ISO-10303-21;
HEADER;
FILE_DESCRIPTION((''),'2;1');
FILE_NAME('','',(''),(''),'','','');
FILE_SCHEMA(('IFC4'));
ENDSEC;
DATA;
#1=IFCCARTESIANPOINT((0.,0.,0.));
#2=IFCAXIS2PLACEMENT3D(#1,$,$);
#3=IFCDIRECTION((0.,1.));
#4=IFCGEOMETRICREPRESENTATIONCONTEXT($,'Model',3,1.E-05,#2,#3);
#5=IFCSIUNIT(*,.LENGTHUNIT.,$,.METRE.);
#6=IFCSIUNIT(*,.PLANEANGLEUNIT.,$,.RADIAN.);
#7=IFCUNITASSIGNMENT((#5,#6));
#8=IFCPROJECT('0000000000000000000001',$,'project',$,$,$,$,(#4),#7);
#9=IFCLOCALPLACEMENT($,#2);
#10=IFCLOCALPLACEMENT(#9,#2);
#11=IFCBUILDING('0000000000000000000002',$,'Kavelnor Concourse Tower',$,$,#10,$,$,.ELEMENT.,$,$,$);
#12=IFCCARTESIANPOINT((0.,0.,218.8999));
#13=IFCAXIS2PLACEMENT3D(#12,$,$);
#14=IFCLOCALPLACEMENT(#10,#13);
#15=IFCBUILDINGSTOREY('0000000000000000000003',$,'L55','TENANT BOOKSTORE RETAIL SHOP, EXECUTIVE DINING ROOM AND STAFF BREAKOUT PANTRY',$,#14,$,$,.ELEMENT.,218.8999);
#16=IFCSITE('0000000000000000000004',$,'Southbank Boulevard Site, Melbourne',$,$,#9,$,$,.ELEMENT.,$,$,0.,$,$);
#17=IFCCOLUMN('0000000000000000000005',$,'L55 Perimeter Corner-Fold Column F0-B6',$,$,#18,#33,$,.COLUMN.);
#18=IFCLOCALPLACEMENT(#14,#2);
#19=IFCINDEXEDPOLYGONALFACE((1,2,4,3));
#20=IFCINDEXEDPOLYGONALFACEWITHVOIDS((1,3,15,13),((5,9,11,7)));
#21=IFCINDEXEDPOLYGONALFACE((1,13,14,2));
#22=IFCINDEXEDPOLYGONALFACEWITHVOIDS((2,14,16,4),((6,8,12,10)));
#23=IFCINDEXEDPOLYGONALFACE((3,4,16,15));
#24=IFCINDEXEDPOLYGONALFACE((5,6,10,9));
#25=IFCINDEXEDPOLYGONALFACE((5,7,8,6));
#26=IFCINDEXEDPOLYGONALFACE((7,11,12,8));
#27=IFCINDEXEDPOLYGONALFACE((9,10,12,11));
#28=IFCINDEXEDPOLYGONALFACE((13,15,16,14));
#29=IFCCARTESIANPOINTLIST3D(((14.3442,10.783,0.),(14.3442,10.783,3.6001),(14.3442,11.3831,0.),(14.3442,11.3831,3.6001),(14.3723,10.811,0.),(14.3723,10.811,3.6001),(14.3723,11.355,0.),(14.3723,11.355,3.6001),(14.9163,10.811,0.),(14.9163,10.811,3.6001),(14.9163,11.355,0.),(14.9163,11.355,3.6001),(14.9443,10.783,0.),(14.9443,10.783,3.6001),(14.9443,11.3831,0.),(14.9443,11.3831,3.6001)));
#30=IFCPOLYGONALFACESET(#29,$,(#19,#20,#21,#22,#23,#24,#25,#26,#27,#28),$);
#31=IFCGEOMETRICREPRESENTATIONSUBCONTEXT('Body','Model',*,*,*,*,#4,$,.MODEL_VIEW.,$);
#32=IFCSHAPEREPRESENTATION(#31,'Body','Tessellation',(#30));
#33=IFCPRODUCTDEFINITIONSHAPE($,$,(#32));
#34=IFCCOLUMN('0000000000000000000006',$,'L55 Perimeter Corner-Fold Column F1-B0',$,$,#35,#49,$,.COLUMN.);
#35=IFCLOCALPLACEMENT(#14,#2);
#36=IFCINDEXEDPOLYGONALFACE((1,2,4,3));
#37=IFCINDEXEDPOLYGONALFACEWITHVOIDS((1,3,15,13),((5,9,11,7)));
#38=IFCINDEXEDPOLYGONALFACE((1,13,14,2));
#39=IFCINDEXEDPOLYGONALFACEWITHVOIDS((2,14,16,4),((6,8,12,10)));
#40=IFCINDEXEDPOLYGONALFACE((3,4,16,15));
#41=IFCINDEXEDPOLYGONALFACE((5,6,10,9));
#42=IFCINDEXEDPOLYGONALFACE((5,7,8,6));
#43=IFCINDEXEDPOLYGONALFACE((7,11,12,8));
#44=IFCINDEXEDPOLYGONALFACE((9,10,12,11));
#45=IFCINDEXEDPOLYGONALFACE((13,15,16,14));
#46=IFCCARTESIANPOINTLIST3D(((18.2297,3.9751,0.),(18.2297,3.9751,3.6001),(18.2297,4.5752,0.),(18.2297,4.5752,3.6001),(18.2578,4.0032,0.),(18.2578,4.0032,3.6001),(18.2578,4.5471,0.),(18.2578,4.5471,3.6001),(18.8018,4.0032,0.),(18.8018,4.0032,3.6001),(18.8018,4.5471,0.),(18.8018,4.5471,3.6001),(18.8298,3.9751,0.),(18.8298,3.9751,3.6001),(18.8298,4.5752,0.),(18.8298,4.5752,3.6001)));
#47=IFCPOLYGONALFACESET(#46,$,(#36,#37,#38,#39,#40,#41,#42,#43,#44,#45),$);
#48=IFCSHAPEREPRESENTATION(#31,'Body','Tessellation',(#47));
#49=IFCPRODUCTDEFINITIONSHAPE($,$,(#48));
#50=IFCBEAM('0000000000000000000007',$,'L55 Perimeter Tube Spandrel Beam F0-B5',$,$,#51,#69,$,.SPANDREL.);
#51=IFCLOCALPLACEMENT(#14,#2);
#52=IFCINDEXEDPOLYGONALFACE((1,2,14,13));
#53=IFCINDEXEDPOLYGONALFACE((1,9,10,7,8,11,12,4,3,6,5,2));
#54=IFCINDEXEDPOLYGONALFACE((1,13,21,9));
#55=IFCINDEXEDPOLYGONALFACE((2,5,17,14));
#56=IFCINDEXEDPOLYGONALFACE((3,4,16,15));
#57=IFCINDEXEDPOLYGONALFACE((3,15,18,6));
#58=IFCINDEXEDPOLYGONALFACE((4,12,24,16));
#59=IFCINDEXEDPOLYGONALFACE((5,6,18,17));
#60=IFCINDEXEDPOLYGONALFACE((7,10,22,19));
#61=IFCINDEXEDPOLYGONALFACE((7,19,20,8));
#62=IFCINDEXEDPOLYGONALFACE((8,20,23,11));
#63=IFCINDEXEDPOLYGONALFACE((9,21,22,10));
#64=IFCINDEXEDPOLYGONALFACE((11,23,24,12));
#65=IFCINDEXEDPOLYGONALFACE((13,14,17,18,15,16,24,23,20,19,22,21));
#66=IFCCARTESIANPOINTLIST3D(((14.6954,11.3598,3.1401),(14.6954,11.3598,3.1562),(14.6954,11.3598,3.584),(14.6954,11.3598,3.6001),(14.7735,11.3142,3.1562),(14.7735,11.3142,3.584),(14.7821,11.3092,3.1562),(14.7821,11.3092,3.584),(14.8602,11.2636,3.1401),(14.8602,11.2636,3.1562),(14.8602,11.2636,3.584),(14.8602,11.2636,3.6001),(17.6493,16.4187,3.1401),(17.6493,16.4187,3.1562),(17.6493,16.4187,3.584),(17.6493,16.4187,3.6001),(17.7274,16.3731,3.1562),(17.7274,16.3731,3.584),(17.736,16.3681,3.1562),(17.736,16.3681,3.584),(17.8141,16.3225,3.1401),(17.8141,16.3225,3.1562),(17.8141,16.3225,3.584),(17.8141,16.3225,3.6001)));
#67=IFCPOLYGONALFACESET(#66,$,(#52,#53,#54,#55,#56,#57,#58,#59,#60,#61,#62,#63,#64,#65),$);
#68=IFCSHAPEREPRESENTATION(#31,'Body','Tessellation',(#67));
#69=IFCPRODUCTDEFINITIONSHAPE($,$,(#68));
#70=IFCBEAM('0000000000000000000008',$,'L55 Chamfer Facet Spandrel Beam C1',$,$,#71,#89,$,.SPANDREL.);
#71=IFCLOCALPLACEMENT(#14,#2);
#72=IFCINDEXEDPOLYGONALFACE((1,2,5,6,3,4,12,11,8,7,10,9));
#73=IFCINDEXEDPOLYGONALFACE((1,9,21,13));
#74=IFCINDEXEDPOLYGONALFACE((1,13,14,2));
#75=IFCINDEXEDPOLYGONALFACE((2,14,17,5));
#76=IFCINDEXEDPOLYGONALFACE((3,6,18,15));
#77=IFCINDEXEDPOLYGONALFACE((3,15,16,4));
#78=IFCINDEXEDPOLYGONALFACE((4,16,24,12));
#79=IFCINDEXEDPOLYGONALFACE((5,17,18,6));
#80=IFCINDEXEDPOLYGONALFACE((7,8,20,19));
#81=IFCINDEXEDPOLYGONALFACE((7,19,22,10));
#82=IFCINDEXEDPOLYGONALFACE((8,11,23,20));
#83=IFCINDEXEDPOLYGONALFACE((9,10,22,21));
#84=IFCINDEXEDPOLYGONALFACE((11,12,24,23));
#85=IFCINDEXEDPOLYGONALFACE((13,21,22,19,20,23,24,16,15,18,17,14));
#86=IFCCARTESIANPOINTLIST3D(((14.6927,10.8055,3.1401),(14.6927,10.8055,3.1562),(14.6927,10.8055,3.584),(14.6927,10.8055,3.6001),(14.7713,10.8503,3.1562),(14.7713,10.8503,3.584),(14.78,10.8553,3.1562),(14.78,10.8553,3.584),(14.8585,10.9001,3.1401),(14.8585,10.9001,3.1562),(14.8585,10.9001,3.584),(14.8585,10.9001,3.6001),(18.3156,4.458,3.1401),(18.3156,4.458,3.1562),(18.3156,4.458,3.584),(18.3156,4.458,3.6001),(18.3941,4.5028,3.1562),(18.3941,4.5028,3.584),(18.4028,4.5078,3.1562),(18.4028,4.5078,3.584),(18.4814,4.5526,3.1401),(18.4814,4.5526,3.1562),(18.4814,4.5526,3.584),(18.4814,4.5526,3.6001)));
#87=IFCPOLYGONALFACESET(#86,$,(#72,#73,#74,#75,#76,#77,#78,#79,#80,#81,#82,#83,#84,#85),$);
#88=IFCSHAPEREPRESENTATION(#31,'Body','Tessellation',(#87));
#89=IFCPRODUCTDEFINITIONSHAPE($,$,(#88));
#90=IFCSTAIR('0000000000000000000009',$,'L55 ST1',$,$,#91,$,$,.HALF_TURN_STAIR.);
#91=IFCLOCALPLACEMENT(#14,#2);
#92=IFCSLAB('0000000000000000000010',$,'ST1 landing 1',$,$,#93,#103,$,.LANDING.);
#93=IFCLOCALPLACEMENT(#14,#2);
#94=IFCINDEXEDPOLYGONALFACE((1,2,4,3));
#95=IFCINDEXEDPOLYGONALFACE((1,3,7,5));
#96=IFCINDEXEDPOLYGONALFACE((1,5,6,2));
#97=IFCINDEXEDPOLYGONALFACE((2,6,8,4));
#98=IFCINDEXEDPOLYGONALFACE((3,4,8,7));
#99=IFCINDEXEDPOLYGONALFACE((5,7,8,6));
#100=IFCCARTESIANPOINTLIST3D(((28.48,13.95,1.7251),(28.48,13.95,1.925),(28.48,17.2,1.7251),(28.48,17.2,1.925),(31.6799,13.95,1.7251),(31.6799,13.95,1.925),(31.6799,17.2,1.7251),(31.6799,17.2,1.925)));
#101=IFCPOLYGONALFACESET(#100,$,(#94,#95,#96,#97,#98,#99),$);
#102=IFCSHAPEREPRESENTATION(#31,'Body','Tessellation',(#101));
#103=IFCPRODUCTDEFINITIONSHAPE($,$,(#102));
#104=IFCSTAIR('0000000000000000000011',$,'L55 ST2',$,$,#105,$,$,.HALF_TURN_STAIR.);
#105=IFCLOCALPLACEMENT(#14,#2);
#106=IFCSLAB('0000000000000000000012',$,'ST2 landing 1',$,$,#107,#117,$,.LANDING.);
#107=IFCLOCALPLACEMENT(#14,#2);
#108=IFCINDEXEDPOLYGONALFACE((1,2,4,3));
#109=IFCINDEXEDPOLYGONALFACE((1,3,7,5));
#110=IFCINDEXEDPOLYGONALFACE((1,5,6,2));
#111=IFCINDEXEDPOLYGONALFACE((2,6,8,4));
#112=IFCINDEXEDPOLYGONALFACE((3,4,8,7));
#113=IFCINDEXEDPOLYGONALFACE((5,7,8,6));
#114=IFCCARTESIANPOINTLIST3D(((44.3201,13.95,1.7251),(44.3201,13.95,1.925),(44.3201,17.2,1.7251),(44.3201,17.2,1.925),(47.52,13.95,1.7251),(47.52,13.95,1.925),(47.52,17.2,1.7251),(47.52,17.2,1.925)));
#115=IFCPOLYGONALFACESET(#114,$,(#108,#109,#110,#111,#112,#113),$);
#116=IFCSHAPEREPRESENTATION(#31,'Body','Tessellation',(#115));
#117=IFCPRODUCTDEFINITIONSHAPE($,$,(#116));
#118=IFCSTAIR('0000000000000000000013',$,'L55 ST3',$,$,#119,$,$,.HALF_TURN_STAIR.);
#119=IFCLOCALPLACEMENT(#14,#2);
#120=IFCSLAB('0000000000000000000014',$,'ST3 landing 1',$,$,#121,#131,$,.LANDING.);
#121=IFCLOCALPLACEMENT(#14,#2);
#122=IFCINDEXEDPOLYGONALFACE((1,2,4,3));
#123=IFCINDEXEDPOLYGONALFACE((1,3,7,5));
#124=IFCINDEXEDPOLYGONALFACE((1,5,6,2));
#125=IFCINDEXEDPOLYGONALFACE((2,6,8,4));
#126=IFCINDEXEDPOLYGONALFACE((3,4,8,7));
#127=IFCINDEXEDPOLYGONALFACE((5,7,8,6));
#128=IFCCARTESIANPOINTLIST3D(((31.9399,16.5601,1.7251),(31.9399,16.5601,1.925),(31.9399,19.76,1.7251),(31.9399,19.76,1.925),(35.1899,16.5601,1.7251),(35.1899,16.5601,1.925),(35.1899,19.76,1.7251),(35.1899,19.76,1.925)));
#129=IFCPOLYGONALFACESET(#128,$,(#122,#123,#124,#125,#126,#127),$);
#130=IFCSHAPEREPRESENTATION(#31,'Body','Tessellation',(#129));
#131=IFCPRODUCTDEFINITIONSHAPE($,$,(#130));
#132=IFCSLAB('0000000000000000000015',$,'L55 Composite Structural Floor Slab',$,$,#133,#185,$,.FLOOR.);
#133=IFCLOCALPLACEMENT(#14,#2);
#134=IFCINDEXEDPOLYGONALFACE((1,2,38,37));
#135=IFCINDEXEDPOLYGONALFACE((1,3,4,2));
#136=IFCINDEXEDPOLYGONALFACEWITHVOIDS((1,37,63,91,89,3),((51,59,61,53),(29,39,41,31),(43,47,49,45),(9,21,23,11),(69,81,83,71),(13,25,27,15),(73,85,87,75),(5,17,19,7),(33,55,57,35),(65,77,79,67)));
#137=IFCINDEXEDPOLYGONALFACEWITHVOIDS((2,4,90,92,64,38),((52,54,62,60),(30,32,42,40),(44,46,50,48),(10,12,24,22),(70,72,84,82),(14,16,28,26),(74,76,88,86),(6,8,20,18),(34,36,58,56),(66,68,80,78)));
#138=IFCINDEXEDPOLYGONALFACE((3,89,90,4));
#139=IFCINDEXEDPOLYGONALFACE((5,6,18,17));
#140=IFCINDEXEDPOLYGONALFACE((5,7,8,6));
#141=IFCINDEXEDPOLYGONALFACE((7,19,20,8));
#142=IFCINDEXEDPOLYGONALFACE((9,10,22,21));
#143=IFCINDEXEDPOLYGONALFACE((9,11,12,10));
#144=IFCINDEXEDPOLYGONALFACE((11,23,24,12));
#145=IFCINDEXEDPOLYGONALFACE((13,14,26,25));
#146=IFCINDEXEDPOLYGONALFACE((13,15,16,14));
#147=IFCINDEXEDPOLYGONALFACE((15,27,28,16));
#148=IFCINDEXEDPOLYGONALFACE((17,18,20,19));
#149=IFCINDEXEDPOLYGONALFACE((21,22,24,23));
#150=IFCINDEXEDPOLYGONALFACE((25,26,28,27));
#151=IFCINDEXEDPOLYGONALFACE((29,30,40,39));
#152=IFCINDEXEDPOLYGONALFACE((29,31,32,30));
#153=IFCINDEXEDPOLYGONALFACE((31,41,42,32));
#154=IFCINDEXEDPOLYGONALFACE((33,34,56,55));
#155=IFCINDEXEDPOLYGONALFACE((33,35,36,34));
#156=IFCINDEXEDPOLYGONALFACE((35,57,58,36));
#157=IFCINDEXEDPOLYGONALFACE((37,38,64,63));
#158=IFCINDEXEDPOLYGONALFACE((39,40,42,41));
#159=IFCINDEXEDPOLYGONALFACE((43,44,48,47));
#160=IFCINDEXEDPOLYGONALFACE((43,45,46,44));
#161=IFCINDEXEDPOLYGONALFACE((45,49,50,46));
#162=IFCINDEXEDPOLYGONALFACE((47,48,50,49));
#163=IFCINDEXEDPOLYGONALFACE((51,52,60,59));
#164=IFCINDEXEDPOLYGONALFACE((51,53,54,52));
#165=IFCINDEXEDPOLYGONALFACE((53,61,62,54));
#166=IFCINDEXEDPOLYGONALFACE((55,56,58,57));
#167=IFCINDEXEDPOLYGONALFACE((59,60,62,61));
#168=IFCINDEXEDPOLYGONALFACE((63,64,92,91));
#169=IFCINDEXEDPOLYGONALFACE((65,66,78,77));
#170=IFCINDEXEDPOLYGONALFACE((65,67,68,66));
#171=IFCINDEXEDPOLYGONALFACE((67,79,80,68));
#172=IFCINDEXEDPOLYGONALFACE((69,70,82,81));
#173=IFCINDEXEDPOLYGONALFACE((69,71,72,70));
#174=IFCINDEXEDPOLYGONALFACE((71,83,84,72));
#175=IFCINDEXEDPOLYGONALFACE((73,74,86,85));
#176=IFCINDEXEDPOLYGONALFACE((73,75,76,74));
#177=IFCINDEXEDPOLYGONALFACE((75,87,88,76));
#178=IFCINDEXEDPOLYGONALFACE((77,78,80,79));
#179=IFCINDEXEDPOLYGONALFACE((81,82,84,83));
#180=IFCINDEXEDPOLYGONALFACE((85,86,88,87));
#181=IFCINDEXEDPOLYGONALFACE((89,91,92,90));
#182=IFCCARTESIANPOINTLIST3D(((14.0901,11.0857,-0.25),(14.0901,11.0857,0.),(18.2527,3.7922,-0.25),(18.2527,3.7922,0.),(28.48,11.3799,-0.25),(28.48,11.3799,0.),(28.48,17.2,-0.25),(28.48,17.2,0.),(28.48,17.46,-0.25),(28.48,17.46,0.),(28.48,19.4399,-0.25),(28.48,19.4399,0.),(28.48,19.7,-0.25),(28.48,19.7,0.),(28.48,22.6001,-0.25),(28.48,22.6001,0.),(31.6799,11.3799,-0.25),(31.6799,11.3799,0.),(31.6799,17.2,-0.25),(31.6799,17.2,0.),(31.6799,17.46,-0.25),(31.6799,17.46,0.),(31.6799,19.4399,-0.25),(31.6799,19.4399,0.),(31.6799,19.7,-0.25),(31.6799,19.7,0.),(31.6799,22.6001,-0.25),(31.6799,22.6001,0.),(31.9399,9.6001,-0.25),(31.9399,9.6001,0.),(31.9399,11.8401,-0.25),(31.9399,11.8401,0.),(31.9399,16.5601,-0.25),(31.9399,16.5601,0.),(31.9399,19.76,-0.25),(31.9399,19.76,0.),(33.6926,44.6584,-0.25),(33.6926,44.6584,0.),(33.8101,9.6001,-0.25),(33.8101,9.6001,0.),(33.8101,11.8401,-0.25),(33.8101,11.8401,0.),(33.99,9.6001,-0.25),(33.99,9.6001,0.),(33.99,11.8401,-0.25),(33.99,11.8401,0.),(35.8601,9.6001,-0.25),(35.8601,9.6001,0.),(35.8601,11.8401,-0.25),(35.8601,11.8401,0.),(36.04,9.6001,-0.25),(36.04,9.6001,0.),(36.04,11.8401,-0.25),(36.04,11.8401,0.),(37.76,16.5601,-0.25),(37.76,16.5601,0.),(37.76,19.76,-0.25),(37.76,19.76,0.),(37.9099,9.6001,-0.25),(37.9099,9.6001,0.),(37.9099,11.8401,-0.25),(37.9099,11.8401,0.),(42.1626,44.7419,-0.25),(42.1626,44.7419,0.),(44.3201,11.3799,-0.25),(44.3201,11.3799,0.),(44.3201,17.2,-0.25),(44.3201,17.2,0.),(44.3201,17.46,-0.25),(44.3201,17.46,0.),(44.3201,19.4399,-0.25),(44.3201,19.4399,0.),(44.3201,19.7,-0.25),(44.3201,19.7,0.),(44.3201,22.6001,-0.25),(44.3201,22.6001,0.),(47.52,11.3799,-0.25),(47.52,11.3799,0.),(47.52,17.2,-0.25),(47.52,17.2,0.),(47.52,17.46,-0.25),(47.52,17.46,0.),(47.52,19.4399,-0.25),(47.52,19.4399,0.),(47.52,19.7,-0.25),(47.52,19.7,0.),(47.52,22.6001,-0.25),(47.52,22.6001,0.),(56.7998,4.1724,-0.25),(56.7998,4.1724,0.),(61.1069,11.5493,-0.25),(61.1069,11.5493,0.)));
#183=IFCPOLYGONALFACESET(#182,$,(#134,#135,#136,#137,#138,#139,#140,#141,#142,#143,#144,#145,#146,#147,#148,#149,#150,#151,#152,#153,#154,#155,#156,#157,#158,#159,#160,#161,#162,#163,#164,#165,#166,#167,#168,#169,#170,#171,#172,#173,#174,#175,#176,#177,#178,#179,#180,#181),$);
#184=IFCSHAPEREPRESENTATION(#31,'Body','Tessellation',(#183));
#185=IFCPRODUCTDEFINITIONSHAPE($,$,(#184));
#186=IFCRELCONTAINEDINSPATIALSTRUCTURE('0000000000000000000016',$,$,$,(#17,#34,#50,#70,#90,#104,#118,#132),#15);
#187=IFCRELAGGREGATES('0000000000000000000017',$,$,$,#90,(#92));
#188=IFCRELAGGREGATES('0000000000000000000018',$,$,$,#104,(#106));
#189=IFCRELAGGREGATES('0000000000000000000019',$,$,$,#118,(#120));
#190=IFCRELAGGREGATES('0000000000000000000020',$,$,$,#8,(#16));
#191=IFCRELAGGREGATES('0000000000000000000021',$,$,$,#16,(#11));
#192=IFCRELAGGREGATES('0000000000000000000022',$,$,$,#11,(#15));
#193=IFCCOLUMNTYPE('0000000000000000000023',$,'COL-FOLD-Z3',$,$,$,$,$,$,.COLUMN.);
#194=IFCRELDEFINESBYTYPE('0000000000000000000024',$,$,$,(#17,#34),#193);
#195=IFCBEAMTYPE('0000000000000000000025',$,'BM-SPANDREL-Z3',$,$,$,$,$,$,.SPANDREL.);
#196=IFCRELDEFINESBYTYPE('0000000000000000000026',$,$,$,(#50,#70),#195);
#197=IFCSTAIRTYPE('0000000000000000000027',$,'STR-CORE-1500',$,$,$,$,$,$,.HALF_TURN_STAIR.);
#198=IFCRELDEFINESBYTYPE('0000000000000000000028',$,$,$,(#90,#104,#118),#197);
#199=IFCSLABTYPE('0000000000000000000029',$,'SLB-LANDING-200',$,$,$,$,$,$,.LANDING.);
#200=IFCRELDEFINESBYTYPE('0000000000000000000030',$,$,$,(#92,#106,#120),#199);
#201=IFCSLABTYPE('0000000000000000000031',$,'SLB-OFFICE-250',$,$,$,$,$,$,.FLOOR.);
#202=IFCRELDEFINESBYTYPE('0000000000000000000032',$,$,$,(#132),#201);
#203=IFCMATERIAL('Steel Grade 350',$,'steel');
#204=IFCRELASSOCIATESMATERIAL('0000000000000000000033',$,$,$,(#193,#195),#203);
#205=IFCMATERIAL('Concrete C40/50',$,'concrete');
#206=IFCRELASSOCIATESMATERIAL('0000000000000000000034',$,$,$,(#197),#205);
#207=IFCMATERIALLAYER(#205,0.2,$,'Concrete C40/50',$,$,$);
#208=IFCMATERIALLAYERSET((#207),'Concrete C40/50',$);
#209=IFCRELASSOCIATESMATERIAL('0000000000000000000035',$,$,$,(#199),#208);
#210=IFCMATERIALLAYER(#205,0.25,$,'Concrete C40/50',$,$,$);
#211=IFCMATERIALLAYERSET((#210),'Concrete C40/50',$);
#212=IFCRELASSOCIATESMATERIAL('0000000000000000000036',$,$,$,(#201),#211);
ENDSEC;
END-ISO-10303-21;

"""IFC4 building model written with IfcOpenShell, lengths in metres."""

from ifc_helpers import new_model, si_unit, direction, frame, origin, origin_2d, place, context, subcontext, project, spatial, polyline, hollow_rectangle, i_section, outline, extrude, material, layer, layer_set, material_profile, profile_set, type_object, element, aggregate, save


model = new_model("IFC4")

# Units and contexts
model_context = context("Model", 3, precision=1e-05, world=origin(), true_north=direction((0.0, 1.0)))
body_context = subcontext(model_context, "Body", "Model", "MODEL_VIEW")
ifc_project = project(units=[si_unit("LENGTHUNIT", "METRE"), si_unit("PLANEANGLEUNIT", "RADIAN")], contexts=[model_context])

# Site, building, storey
site_placement = place(None, origin())
site = spatial("IfcSite", under=ifc_project, at=site_placement, Name="Southbank Boulevard Site, Melbourne", CompositionType="ELEMENT", RefElevation=0.0)
building_placement = place(site_placement, origin())
building = spatial("IfcBuilding", under=site, at=building_placement, Name="Kavelnor Concourse Tower", CompositionType="ELEMENT")
storey_placement = place(building_placement, frame((0.0, 0.0, 218.8999)))
storey = spatial("IfcBuildingStorey", under=building, at=storey_placement, Name="L55", Description="TENANT BOOKSTORE RETAIL SHOP, EXECUTIVE DINING ROOM AND STAFF BREAKOUT PANTRY", CompositionType="ELEMENT", Elevation=218.8999)

# Columns
ifc_material_1 = material(Name="Steel Grade 350", Category="steel")
ifc_material_profile_1 = material_profile(ifc_material_1, hollow_rectangle(XDim=0.6001, YDim=0.6001, WallThickness=0.0281, at=origin_2d()), Name="SHS 600x600x28")
ifc_profile_set_1 = profile_set([ifc_material_profile_1], Name="Steel Grade 350")
column_type = type_object("IfcColumnType", Name="COL-FOLD-Z3", PredefinedType="COLUMN", material=ifc_profile_set_1)
for number, where, z_axis, x_axis, name in (
    (1, (14.6443, 11.083, 0.0), (0.0, 0.0, 1.0), (1.0, 0.0, 0.0), "L55 Perimeter Corner-Fold Column F0-B6"),
    (2, (18.5298, 4.2751, 0.0), (0.0, 0.0, 1.0), (1.0, 0.0, 0.0), "L55 Perimeter Corner-Fold Column F1-B0"),
):
    element("IfcColumn", number, at=place(storey_placement, frame(where, z_axis=z_axis, x_axis=x_axis)), inside=storey, type_object=column_type, Name=name, PredefinedType="COLUMN", context=body_context, shape_type="SweptSolid", body=[
        extrude(hollow_rectangle(XDim=0.6001, YDim=0.6001, WallThickness=0.0281, at=origin_2d()), origin(), (0.0, 0.0, 1.0), 3.6001),
    ])

# Beams
ifc_material_profile_2 = material_profile(ifc_material_1, i_section(OverallWidth=0.1909, OverallDepth=0.46, WebThickness=0.01, FlangeThickness=0.0161, at=origin_2d()), Name="460UB82")
ifc_profile_set_2 = profile_set([ifc_material_profile_2], Name="Steel Grade 350")
beam_type = type_object("IfcBeamType", Name="BM-SPANDREL-Z3", PredefinedType="SPANDREL", material=ifc_profile_set_2)
beam_1_placement = place(storey_placement, frame((17.7317, 16.3706, 3.3701), z_axis=(-0.504236, -0.863566, 0.0), x_axis=(0.863566, -0.504236, 0.0)))
element("IfcBeam", 3, at=beam_1_placement, inside=storey, type_object=beam_type, Name="L55 Perimeter Tube Spandrel Beam F0-B5", PredefinedType="SPANDREL", context=body_context, shape_type="SweptSolid", body=[
    extrude(i_section(OverallWidth=0.1909, OverallDepth=0.46, WebThickness=0.01, FlangeThickness=0.0161, at=origin_2d()), origin(), (0.0, 0.0, 1.0), 5.8582),
])
beam_2_placement = place(storey_placement, frame((14.7756, 10.8528, 3.3701), z_axis=(0.495696, -0.868496, 0.0), x_axis=(0.868496, 0.495696, 0.0)))
element("IfcBeam", 4, at=beam_2_placement, inside=storey, type_object=beam_type, Name="L55 Chamfer Facet Spandrel Beam C1", PredefinedType="SPANDREL", context=body_context, shape_type="SweptSolid", body=[
    extrude(i_section(OverallWidth=0.1909, OverallDepth=0.46, WebThickness=0.01, FlangeThickness=0.0161, at=origin_2d()), origin(), (0.0, 0.0, 1.0), 7.3086),
])

# Stairs, slabs
ifc_material_2 = material(Name="Concrete C40/50", Category="concrete")
stair_type = type_object("IfcStairType", Name="STR-CORE-1500", PredefinedType="HALF_TURN_STAIR", material=ifc_material_2)
stair_1_placement = place(storey_placement, origin())
stair_1 = element("IfcStair", 5, at=stair_1_placement, inside=storey, type_object=stair_type, Name="L55 ST1", PredefinedType="HALF_TURN_STAIR")
ifc_layer_1 = layer(ifc_material_2, 0.2, Name="Concrete C40/50")
ifc_layer_set_1 = layer_set([ifc_layer_1], Name="Concrete C40/50")
slab_type_1 = type_object("IfcSlabType", Name="SLB-LANDING-200", PredefinedType="LANDING", material=ifc_layer_set_1)
slab_1_placement = place(storey_placement, frame((0.0, 0.0, 1.7251)))
slab_1 = element("IfcSlab", 6, at=slab_1_placement, type_object=slab_type_1, Name="ST1 landing 1", PredefinedType="LANDING", context=body_context, shape_type="SweptSolid", body=[
    extrude(outline(polyline([(31.6799, 13.95), (31.6799, 17.2), (28.48, 17.2), (28.48, 13.95), (31.6799, 13.95)])), origin(), (0.0, 0.0, 1.0), 0.2),
])
aggregate(stair_1, [slab_1])
stair_2_placement = place(storey_placement, origin())
stair_2 = element("IfcStair", 7, at=stair_2_placement, inside=storey, type_object=stair_type, Name="L55 ST2", PredefinedType="HALF_TURN_STAIR")
slab_2_placement = place(storey_placement, frame((0.0, 0.0, 1.7251)))
slab_2 = element("IfcSlab", 8, at=slab_2_placement, type_object=slab_type_1, Name="ST2 landing 1", PredefinedType="LANDING", context=body_context, shape_type="SweptSolid", body=[
    extrude(outline(polyline([(47.52, 13.95), (47.52, 17.2), (44.3201, 17.2), (44.3201, 13.95), (47.52, 13.95)])), origin(), (0.0, 0.0, 1.0), 0.2),
])
aggregate(stair_2, [slab_2])
stair_3_placement = place(storey_placement, origin())
stair_3 = element("IfcStair", 9, at=stair_3_placement, inside=storey, type_object=stair_type, Name="L55 ST3", PredefinedType="HALF_TURN_STAIR")
slab_3_placement = place(storey_placement, frame((0.0, 0.0, 1.7251)))
slab_3 = element("IfcSlab", 10, at=slab_3_placement, type_object=slab_type_1, Name="ST3 landing 1", PredefinedType="LANDING", context=body_context, shape_type="SweptSolid", body=[
    extrude(outline(polyline([(35.1899, 19.76), (31.9399, 19.76), (31.9399, 16.5601), (35.1899, 16.5601), (35.1899, 19.76)])), origin(), (0.0, 0.0, 1.0), 0.2),
])
aggregate(stair_3, [slab_3])

# Slab
ifc_layer_2 = layer(ifc_material_2, 0.25, Name="Concrete C40/50")
ifc_layer_set_2 = layer_set([ifc_layer_2], Name="Concrete C40/50")
slab_type_2 = type_object("IfcSlabType", Name="SLB-OFFICE-250", PredefinedType="FLOOR", material=ifc_layer_set_2)
slab_4_placement = place(storey_placement, frame((0.0, 0.0, -0.25)))
element("IfcSlab", 11, at=slab_4_placement, inside=storey, type_object=slab_type_2, Name="L55 Composite Structural Floor Slab", PredefinedType="FLOOR", context=body_context, shape_type="SweptSolid", body=[
    extrude(outline(polyline([(42.1626, 44.7419), (33.6926, 44.6584), (14.0901, 11.0857), (18.2527, 3.7922), (56.7998, 4.1724), (61.1069, 11.5493), (42.1626, 44.7419)]), holes=[polyline([(28.48, 11.3799), (31.6799, 11.3799), (31.6799, 17.2), (28.48, 17.2), (28.48, 11.3799)]), polyline([(44.3201, 11.3799), (47.52, 11.3799), (47.52, 17.2), (44.3201, 17.2), (44.3201, 11.3799)]), polyline([(31.9399, 16.5601), (37.76, 16.5601), (37.76, 19.76), (31.9399, 19.76), (31.9399, 16.5601)]), polyline([(28.48, 19.7), (31.6799, 19.7), (31.6799, 22.6001), (28.48, 22.6001), (28.48, 19.7)]), polyline([(44.3201, 19.7), (47.52, 19.7), (47.52, 22.6001), (44.3201, 22.6001), (44.3201, 19.7)]), polyline([(31.9399, 9.6001), (33.8101, 9.6001), (33.8101, 11.8401), (31.9399, 11.8401), (31.9399, 9.6001)]), polyline([(33.99, 9.6001), (35.8601, 9.6001), (35.8601, 11.8401), (33.99, 11.8401), (33.99, 9.6001)]), polyline([(36.04, 9.6001), (37.9099, 9.6001), (37.9099, 11.8401), (36.04, 11.8401), (36.04, 9.6001)]), polyline([(28.48, 17.46), (31.6799, 17.46), (31.6799, 19.4399), (28.48, 19.4399), (28.48, 17.46)]), polyline([(44.3201, 17.46), (47.52, 17.46), (47.52, 19.4399), (44.3201, 19.4399), (44.3201, 17.46)])]), origin(), (0.0, 0.0, 1.0), 0.25),
])

save(model, "model.ifc")
